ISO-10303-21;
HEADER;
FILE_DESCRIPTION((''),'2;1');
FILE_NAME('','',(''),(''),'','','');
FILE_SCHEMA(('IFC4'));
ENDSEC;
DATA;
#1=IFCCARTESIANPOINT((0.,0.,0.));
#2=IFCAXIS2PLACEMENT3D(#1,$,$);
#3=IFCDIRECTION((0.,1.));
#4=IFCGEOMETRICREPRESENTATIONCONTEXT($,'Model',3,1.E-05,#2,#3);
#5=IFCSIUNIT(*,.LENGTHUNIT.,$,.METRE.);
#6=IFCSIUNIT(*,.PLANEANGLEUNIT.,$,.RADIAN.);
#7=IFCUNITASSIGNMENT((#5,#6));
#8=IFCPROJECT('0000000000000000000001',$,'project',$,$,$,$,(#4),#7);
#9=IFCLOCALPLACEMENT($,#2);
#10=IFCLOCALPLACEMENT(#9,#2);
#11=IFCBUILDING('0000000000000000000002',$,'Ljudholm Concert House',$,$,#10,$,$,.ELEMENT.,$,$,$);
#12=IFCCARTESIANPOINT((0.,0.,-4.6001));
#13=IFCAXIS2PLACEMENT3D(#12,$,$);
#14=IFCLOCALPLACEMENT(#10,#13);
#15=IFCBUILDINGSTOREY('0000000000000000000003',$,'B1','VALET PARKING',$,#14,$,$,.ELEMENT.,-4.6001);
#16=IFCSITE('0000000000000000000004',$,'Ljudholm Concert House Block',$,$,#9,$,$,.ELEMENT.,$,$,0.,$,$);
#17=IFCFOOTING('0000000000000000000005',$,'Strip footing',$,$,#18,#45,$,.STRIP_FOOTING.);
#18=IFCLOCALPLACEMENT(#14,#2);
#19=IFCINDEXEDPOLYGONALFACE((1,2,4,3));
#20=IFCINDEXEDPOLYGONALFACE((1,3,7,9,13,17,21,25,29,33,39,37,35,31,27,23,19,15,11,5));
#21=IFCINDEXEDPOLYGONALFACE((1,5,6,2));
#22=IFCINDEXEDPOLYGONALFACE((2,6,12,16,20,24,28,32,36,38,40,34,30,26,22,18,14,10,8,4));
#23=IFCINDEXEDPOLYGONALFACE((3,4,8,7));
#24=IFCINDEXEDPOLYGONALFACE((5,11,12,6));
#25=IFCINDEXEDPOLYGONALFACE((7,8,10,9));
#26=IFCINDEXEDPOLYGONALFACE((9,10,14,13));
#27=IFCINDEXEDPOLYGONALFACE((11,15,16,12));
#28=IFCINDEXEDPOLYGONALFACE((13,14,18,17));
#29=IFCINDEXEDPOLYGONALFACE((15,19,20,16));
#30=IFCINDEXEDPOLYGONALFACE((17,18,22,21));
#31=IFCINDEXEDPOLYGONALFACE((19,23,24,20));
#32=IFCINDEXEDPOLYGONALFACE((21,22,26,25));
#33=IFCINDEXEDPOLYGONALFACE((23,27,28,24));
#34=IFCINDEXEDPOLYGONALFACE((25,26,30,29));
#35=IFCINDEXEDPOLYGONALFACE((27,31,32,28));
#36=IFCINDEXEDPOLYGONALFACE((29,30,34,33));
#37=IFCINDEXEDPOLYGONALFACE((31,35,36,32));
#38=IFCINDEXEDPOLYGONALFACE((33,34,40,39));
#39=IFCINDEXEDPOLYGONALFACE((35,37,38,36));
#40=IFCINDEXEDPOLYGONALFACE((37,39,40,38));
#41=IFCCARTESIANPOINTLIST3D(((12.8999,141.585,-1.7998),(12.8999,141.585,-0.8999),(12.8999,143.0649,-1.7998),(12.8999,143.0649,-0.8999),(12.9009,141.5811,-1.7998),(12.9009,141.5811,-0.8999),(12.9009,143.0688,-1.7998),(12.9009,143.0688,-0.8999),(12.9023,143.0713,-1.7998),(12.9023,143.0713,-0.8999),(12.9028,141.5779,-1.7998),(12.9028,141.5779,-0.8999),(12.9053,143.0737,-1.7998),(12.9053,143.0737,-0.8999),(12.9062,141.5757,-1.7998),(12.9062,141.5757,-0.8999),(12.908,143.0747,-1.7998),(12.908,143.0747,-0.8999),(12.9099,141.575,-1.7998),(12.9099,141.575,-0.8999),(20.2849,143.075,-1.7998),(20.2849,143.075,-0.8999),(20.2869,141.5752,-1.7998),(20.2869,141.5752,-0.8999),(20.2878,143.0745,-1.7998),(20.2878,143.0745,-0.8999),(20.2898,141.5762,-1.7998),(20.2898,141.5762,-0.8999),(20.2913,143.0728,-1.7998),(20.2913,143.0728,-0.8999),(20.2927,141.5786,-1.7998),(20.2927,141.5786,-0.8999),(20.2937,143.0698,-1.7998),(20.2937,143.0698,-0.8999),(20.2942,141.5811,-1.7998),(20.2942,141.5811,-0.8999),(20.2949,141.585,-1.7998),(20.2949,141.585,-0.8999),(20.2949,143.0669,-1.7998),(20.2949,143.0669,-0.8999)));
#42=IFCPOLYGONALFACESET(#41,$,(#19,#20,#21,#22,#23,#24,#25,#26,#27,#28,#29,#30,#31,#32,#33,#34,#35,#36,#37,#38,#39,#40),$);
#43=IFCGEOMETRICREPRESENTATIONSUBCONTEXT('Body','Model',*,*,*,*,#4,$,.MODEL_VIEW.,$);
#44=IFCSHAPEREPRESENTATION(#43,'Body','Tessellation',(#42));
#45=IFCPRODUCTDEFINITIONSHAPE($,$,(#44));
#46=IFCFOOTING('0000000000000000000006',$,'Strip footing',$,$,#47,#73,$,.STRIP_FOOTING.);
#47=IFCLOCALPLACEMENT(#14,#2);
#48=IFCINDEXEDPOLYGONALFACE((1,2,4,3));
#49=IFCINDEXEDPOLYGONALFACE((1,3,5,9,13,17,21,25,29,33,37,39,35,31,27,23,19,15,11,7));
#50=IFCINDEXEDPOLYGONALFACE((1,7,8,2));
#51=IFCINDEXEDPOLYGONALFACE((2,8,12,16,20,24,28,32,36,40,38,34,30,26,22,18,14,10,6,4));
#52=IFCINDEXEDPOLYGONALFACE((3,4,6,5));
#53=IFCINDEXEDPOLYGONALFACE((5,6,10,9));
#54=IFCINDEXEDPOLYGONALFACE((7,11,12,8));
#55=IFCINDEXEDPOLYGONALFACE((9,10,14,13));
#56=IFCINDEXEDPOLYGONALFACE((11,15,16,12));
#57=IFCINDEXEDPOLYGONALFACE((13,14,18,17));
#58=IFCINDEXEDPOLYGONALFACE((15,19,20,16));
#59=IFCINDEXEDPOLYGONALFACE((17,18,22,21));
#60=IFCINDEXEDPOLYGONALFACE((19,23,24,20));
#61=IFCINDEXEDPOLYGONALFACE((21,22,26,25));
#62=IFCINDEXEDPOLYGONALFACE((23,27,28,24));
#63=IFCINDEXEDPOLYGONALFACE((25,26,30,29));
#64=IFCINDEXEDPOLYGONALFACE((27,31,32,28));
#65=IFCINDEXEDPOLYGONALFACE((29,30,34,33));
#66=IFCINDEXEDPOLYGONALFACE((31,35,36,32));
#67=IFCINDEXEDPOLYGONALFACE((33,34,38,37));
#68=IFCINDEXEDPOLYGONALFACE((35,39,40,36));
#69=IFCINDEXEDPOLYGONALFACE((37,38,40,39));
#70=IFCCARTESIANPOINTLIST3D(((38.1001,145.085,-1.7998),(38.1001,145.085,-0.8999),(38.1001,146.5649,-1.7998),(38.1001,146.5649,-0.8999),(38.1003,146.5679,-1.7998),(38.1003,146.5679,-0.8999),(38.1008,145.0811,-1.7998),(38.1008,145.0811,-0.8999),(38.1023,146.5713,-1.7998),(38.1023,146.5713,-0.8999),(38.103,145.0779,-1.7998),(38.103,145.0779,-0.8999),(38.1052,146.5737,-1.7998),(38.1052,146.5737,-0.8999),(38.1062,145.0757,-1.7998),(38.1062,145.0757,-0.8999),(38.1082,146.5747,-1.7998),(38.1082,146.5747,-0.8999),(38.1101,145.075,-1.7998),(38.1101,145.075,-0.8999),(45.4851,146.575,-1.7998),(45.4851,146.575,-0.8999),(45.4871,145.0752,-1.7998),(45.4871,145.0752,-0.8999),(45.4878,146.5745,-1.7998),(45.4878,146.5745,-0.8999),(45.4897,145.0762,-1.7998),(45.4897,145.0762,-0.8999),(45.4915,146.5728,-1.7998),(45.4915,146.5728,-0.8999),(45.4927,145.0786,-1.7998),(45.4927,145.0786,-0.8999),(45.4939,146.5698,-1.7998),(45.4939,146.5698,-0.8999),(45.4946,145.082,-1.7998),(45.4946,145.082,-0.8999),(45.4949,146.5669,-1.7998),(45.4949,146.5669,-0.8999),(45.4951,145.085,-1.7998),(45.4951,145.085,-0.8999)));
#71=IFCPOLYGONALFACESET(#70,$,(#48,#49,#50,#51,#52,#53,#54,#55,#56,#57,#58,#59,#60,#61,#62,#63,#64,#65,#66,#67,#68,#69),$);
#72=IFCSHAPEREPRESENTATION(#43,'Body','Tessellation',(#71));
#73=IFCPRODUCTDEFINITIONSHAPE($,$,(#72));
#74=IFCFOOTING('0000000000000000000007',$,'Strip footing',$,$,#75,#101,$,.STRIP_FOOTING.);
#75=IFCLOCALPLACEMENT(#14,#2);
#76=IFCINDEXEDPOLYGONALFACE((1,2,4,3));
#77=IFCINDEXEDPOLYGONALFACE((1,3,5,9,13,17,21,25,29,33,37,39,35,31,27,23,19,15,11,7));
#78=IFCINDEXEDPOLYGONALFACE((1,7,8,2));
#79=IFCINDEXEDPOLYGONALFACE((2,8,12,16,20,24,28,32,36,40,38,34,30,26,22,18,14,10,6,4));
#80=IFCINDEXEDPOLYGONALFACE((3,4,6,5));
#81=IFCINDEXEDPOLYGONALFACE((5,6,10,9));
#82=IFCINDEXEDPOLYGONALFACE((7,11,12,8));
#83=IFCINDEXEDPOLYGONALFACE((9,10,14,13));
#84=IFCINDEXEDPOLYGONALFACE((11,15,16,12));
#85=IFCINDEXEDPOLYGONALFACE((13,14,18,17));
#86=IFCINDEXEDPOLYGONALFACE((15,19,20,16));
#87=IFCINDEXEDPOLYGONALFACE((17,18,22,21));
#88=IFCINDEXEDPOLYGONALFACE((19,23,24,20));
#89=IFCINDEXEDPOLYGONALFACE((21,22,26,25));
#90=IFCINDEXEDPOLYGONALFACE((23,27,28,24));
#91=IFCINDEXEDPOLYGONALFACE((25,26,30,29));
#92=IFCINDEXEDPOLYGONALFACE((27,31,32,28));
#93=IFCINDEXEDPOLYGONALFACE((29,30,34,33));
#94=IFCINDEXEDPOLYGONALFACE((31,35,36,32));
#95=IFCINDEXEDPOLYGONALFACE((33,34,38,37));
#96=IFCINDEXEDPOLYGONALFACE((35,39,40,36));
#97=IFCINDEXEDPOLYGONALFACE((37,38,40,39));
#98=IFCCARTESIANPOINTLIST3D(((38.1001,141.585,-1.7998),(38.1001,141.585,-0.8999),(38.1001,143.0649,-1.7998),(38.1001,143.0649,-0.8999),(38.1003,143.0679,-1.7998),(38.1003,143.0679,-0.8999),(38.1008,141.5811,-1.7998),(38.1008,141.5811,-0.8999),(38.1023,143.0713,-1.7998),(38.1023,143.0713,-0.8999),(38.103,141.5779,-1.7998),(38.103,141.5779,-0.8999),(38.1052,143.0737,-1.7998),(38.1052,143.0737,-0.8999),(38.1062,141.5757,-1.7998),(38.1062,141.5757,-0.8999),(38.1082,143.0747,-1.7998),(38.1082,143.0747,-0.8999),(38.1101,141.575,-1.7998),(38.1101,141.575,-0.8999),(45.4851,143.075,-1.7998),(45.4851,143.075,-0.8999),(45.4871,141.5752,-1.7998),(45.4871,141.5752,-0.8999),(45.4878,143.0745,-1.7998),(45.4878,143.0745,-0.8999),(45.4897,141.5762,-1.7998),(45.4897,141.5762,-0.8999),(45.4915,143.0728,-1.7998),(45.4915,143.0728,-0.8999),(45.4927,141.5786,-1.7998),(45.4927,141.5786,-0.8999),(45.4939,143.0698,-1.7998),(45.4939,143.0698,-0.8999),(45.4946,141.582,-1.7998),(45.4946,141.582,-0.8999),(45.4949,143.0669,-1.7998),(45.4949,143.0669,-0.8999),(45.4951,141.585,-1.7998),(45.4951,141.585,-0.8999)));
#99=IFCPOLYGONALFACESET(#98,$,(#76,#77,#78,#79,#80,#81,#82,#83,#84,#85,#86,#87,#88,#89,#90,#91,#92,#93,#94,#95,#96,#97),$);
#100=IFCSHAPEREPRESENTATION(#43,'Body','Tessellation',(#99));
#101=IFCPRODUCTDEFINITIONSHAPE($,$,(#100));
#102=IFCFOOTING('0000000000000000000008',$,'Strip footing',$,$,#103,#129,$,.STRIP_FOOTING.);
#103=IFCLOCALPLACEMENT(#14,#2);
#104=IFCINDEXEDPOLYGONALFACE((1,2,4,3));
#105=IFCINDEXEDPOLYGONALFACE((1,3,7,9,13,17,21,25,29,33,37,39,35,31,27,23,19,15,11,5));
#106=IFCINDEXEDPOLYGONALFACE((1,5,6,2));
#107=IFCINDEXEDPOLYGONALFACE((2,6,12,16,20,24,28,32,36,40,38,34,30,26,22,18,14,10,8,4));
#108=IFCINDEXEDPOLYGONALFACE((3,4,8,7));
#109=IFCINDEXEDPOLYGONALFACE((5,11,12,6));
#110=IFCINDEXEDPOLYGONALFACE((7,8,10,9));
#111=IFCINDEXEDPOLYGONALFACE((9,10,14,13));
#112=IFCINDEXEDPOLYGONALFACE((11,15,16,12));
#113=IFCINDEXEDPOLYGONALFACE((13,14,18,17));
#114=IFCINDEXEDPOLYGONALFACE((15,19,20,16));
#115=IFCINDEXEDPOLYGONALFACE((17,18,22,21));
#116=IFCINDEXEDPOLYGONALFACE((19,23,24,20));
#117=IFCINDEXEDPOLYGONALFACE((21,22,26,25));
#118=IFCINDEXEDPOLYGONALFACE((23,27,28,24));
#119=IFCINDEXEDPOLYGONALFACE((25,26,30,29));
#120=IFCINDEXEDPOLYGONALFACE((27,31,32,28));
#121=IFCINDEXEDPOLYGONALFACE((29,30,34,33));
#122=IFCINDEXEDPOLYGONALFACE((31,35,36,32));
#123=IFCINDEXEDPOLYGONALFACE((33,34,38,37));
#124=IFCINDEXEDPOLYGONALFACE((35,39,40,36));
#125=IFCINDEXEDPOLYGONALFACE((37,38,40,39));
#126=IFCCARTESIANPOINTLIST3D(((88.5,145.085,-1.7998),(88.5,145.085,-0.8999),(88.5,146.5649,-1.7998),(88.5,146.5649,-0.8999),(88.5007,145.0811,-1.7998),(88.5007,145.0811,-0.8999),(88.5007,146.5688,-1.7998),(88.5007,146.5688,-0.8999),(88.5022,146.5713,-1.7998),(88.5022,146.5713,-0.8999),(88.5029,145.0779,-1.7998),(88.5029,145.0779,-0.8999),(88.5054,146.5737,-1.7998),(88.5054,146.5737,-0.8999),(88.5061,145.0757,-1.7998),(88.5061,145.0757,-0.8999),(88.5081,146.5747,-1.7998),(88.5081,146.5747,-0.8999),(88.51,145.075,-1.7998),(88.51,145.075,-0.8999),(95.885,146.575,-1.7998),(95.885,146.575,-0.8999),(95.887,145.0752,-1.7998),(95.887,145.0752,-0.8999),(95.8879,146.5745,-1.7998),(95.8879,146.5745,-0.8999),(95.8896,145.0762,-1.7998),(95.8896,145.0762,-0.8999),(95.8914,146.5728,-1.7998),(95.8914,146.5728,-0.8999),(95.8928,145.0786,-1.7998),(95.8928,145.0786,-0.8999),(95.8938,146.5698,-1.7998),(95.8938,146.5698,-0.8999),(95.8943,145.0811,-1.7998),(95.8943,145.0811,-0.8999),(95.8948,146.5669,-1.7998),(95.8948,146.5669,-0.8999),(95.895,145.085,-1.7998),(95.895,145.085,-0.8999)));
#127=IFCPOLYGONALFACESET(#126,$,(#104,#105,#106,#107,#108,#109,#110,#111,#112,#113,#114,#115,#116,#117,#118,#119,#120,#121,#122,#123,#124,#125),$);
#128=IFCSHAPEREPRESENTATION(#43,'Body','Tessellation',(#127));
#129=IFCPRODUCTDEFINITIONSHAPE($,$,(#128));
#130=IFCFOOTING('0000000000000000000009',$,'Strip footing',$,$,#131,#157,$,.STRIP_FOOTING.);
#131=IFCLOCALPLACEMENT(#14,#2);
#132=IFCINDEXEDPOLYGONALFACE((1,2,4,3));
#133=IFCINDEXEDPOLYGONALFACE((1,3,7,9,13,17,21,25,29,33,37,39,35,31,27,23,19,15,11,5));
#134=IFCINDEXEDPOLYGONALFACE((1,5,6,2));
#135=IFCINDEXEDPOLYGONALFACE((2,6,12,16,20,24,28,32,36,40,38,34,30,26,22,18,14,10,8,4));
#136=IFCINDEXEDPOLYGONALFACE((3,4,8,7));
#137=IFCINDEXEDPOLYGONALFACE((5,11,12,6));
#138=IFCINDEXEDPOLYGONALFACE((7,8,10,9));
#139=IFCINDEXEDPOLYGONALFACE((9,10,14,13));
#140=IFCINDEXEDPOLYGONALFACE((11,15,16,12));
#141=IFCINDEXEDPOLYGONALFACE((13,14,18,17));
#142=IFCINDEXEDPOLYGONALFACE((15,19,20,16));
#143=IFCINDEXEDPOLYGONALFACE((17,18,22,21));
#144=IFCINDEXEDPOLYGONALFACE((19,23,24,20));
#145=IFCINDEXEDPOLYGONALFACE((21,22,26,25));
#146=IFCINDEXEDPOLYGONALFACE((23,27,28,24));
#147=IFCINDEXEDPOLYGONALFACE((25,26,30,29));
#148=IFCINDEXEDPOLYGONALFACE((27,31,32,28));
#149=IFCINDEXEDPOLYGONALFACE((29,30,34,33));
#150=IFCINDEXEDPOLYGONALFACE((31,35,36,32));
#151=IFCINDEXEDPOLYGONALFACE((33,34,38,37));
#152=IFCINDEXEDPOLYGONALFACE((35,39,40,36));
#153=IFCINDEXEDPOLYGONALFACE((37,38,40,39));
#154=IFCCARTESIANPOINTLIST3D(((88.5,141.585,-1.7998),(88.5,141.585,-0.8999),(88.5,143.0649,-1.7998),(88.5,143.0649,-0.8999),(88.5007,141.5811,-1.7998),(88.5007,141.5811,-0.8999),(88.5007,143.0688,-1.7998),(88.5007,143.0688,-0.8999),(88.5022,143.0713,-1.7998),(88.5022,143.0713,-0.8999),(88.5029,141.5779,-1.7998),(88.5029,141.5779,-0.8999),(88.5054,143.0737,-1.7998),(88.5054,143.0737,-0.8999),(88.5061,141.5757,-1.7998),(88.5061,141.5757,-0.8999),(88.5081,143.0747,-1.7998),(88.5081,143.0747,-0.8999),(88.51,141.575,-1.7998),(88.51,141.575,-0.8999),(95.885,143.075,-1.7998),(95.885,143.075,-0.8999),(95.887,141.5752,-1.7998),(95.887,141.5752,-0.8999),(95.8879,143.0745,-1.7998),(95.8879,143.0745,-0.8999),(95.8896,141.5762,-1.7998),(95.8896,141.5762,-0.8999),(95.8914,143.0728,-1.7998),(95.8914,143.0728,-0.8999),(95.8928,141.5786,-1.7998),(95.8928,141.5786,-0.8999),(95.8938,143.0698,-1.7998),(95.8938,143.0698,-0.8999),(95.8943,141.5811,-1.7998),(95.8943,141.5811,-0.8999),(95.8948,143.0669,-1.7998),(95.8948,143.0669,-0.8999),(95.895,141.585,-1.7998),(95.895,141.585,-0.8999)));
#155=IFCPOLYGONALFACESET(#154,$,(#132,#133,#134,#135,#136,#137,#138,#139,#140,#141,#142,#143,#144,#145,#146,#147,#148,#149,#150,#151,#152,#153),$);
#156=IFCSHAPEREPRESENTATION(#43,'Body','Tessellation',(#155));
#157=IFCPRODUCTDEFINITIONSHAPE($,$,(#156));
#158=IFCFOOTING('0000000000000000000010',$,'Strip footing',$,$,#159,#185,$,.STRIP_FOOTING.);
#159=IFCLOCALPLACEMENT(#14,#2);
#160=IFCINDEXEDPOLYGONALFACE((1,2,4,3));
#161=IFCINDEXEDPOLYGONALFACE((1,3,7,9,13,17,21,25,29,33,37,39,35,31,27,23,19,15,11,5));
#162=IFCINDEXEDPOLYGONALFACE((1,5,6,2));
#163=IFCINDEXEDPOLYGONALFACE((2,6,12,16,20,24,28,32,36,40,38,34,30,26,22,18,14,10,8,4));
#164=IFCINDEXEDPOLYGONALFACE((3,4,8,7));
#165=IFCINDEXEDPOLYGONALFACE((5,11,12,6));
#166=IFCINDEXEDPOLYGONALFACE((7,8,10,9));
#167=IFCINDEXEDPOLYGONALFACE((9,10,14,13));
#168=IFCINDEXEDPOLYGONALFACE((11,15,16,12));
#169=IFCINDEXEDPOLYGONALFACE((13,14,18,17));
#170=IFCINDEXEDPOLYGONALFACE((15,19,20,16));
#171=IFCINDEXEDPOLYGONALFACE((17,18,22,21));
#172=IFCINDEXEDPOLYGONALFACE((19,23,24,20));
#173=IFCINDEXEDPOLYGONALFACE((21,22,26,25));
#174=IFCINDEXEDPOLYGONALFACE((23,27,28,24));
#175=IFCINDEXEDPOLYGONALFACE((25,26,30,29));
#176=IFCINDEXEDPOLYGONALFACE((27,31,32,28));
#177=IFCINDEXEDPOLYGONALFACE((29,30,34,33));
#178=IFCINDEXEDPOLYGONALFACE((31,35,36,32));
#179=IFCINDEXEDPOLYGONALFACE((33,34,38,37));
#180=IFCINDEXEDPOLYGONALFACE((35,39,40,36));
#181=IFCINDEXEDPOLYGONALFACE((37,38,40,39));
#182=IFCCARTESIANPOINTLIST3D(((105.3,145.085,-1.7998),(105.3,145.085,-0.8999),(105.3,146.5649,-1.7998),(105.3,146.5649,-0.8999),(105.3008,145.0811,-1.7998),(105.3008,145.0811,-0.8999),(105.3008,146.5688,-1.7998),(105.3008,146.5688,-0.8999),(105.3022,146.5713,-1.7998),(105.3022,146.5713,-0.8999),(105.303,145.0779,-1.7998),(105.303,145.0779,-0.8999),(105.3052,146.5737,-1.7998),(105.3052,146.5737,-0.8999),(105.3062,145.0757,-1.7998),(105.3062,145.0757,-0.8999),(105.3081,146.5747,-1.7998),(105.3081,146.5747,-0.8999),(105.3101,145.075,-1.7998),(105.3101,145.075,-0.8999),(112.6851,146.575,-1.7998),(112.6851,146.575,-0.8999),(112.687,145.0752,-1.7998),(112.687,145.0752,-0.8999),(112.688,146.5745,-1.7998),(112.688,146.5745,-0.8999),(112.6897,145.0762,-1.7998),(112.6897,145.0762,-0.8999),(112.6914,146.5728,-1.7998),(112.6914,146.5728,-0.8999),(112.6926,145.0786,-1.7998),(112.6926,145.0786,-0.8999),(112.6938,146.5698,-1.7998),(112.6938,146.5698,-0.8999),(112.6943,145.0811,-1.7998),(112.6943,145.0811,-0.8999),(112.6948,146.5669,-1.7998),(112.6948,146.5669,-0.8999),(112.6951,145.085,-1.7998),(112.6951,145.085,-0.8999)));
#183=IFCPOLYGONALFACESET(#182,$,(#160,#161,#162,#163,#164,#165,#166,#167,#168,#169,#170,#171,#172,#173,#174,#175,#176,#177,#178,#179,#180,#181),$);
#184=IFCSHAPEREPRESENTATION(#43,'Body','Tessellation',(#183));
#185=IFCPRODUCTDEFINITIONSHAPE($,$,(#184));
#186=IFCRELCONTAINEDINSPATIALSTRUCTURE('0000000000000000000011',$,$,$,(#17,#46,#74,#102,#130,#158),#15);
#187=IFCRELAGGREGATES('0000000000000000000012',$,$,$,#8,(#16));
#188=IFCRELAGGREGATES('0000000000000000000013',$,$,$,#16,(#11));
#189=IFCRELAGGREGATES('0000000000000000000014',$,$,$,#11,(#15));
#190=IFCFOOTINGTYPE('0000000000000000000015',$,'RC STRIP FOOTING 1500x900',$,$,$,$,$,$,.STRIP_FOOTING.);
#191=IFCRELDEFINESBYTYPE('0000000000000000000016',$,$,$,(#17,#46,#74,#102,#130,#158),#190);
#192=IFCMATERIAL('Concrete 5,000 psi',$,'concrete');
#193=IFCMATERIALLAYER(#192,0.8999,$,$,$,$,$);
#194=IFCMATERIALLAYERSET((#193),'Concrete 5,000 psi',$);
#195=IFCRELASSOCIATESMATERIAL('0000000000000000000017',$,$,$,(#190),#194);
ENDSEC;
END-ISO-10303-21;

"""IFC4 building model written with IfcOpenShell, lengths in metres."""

from ifc_helpers import new_model, si_unit, direction, frame, origin, place, context, subcontext, project, spatial, polyline, outline, extrude, material, layer, layer_set, type_object, element, save


model = new_model("IFC4")

# Units and contexts
model_context = context("Model", 3, precision=1e-05, world=origin(), true_north=direction((0.0, 1.0)))
body_context = subcontext(model_context, "Body", "Model", "MODEL_VIEW")
ifc_project = project(units=[si_unit("LENGTHUNIT", "METRE"), si_unit("PLANEANGLEUNIT", "RADIAN")], contexts=[model_context])

# Site, building, storey
site_placement = place(None, origin())
site = spatial("IfcSite", under=ifc_project, at=site_placement, Name="Ljudholm Concert House Block", CompositionType="ELEMENT", RefElevation=0.0)
building_placement = place(site_placement, origin())
building = spatial("IfcBuilding", under=site, at=building_placement, Name="Ljudholm Concert House", CompositionType="ELEMENT")
storey_placement = place(building_placement, frame((0.0, 0.0, -4.6001)))
storey = spatial("IfcBuildingStorey", under=building, at=storey_placement, Name="B1", Description="VALET PARKING", CompositionType="ELEMENT", Elevation=-4.6001)

# Footings
ifc_material_1 = material(Name="Concrete 5,000 psi", Category="concrete")
ifc_layer_1 = layer(ifc_material_1, 0.8999)
ifc_layer_set_1 = layer_set([ifc_layer_1], Name="Concrete 5,000 psi")
footing_type_1 = type_object("IfcFootingType", Name="RC STRIP FOOTING 1500x900", PredefinedType="STRIP_FOOTING", material=ifc_layer_set_1)
footing_1_placement = place(storey_placement, frame((0.0, 0.0, -1.7998)))
element("IfcFooting", 1, at=footing_1_placement, inside=storey, type_object=footing_type_1, Name="Strip footing", PredefinedType="STRIP_FOOTING", context=body_context, shape_type="SweptSolid", body=[
    extrude(outline(polyline([(12.9099, 141.575), (20.2869, 141.5752), (20.2898, 141.5762), (20.2927, 141.5786), (20.2942, 141.5811), (20.2949, 141.585), (20.2949, 143.0669), (20.2937, 143.0698), (20.2913, 143.0728), (20.2878, 143.0745), (20.2849, 143.075), (12.908, 143.0747), (12.9053, 143.0737), (12.9023, 143.0713), (12.9009, 143.0688), (12.8999, 143.0649), (12.8999, 141.585), (12.9009, 141.5811), (12.9028, 141.5779), (12.9062, 141.5757), (12.9099, 141.575)])), origin(), (0.0, 0.0, 1.0), 0.8999),
])
footing_2_placement = place(storey_placement, frame((0.0, 0.0, -1.7998)))
element("IfcFooting", 2, at=footing_2_placement, inside=storey, type_object=footing_type_1, Name="Strip footing", PredefinedType="STRIP_FOOTING", context=body_context, shape_type="SweptSolid", body=[
    extrude(outline(polyline([(38.1101, 145.075), (45.4871, 145.0752), (45.4897, 145.0762), (45.4927, 145.0786), (45.4946, 145.082), (45.4951, 145.085), (45.4949, 146.5669), (45.4939, 146.5698), (45.4915, 146.5728), (45.4878, 146.5745), (45.4851, 146.575), (38.1082, 146.5747), (38.1052, 146.5737), (38.1023, 146.5713), (38.1003, 146.5679), (38.1001, 146.5649), (38.1001, 145.085), (38.1008, 145.0811), (38.103, 145.0779), (38.1062, 145.0757), (38.1101, 145.075)])), origin(), (0.0, 0.0, 1.0), 0.8999),
])
footing_3_placement = place(storey_placement, frame((0.0, 0.0, -1.7998)))
element("IfcFooting", 3, at=footing_3_placement, inside=storey, type_object=footing_type_1, Name="Strip footing", PredefinedType="STRIP_FOOTING", context=body_context, shape_type="SweptSolid", body=[
    extrude(outline(polyline([(38.1101, 141.575), (45.4871, 141.5752), (45.4897, 141.5762), (45.4927, 141.5786), (45.4946, 141.582), (45.4951, 141.585), (45.4949, 143.0669), (45.4939, 143.0698), (45.4915, 143.0728), (45.4878, 143.0745), (45.4851, 143.075), (38.1082, 143.0747), (38.1052, 143.0737), (38.1023, 143.0713), (38.1003, 143.0679), (38.1001, 143.0649), (38.1001, 141.585), (38.1008, 141.5811), (38.103, 141.5779), (38.1062, 141.5757), (38.1101, 141.575)])), origin(), (0.0, 0.0, 1.0), 0.8999),
])
footing_4_placement = place(storey_placement, frame((0.0, 0.0, -1.7998)))
element("IfcFooting", 4, at=footing_4_placement, inside=storey, type_object=footing_type_1, Name="Strip footing", PredefinedType="STRIP_FOOTING", context=body_context, shape_type="SweptSolid", body=[
    extrude(outline(polyline([(88.51, 145.075), (95.887, 145.0752), (95.8896, 145.0762), (95.8928, 145.0786), (95.8943, 145.0811), (95.895, 145.085), (95.8948, 146.5669), (95.8938, 146.5698), (95.8914, 146.5728), (95.8879, 146.5745), (95.885, 146.575), (88.5081, 146.5747), (88.5054, 146.5737), (88.5022, 146.5713), (88.5007, 146.5688), (88.5, 146.5649), (88.5, 145.085), (88.5007, 145.0811), (88.5029, 145.0779), (88.5061, 145.0757), (88.51, 145.075)])), origin(), (0.0, 0.0, 1.0), 0.8999),
])
footing_5_placement = place(storey_placement, frame((0.0, 0.0, -1.7998)))
element("IfcFooting", 5, at=footing_5_placement, inside=storey, type_object=footing_type_1, Name="Strip footing", PredefinedType="STRIP_FOOTING", context=body_context, shape_type="SweptSolid", body=[
    extrude(outline(polyline([(88.51, 141.575), (95.887, 141.5752), (95.8896, 141.5762), (95.8928, 141.5786), (95.8943, 141.5811), (95.895, 141.585), (95.8948, 143.0669), (95.8938, 143.0698), (95.8914, 143.0728), (95.8879, 143.0745), (95.885, 143.075), (88.5081, 143.0747), (88.5054, 143.0737), (88.5022, 143.0713), (88.5007, 143.0688), (88.5, 143.0649), (88.5, 141.585), (88.5007, 141.5811), (88.5029, 141.5779), (88.5061, 141.5757), (88.51, 141.575)])), origin(), (0.0, 0.0, 1.0), 0.8999),
])
footing_6_placement = place(storey_placement, frame((0.0, 0.0, -1.7998)))
element("IfcFooting", 6, at=footing_6_placement, inside=storey, type_object=footing_type_1, Name="Strip footing", PredefinedType="STRIP_FOOTING", context=body_context, shape_type="SweptSolid", body=[
    extrude(outline(polyline([(105.3101, 145.075), (112.687, 145.0752), (112.6897, 145.0762), (112.6926, 145.0786), (112.6943, 145.0811), (112.6951, 145.085), (112.6948, 146.5669), (112.6938, 146.5698), (112.6914, 146.5728), (112.688, 146.5745), (112.6851, 146.575), (105.3081, 146.5747), (105.3052, 146.5737), (105.3022, 146.5713), (105.3008, 146.5688), (105.3, 146.5649), (105.3, 145.085), (105.3008, 145.0811), (105.303, 145.0779), (105.3062, 145.0757), (105.3101, 145.075)])), origin(), (0.0, 0.0, 1.0), 0.8999),
])

save(model, "model.ifc")
